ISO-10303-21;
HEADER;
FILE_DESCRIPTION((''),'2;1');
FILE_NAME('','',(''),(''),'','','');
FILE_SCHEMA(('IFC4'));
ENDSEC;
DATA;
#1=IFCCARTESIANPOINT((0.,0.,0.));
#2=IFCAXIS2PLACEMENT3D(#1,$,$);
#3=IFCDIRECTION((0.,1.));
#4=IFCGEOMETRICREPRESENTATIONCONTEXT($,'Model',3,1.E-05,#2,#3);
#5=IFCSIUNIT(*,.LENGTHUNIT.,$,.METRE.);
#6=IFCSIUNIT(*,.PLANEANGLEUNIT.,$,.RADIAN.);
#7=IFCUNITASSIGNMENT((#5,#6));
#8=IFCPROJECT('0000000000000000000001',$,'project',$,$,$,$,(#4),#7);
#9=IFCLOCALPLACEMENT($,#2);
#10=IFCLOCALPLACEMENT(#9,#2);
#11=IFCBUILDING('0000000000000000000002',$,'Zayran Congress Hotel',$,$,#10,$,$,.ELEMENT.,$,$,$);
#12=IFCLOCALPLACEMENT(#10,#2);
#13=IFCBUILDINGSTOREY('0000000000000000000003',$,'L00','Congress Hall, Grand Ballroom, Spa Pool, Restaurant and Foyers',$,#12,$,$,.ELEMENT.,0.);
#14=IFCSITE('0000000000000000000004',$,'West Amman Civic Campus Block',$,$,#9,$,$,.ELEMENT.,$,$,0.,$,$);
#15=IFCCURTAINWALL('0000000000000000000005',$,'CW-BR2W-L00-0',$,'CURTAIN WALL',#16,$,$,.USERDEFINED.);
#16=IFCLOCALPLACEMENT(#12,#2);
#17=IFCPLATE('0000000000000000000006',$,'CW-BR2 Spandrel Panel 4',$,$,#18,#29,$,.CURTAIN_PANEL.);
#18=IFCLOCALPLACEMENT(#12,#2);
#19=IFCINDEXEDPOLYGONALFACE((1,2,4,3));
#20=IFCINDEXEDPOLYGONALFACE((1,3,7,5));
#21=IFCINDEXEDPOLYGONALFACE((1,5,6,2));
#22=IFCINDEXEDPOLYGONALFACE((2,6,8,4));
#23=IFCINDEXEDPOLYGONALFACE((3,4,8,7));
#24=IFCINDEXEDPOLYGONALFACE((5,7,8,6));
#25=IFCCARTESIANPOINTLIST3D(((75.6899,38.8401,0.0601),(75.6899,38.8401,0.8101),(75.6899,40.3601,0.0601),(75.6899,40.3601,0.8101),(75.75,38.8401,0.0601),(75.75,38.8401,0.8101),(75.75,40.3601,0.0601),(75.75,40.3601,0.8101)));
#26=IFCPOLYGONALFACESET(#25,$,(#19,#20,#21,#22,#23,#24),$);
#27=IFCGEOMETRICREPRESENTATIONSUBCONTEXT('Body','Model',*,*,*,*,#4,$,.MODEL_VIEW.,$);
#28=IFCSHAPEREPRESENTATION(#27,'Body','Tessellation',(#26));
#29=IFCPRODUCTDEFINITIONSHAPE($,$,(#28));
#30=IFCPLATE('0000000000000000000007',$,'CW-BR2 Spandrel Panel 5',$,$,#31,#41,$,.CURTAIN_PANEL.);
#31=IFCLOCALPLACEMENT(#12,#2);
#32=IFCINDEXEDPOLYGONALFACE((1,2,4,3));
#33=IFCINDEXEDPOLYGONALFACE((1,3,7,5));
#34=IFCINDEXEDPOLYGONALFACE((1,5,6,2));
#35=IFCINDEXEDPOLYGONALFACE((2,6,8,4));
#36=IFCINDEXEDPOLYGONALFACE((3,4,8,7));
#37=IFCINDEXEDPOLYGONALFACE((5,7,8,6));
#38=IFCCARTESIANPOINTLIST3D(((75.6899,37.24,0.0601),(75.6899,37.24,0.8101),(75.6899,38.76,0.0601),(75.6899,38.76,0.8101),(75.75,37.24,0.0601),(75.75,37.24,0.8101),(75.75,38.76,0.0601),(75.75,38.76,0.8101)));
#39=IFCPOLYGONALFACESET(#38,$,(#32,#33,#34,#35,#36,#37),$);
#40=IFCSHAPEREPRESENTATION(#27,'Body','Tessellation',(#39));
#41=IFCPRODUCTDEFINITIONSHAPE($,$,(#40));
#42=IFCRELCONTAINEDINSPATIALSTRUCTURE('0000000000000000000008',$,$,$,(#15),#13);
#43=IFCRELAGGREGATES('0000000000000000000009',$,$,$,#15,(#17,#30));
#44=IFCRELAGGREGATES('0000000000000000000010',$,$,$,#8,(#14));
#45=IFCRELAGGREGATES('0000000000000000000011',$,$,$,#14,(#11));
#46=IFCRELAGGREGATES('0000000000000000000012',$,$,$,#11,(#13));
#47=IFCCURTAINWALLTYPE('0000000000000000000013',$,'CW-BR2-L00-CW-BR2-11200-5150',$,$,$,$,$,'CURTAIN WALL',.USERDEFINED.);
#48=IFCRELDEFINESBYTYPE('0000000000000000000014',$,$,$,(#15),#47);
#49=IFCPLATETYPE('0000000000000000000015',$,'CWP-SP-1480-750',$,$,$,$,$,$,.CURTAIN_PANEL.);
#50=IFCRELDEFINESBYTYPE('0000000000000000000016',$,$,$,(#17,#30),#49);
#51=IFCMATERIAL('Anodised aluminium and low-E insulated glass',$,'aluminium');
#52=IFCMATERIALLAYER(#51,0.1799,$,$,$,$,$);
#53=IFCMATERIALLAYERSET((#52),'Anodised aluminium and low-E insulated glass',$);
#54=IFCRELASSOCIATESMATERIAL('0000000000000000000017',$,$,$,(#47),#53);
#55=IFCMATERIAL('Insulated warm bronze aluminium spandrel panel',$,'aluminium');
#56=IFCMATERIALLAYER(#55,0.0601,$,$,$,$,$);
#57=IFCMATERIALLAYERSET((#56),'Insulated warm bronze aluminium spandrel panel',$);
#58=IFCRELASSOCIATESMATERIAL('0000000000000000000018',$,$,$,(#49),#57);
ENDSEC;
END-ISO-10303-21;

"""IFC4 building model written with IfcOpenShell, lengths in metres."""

from ifc_helpers import new_model, si_unit, direction, frame, origin, origin_2d, place, context, subcontext, project, spatial, rectangle, extrude, material, layer, layer_set, type_object, element, aggregate, save


model = new_model("IFC4")

# Units and contexts
model_context = context("Model", 3, precision=1e-05, world=origin(), true_north=direction((0.0, 1.0)))
body_context = subcontext(model_context, "Body", "Model", "MODEL_VIEW")
ifc_project = project(units=[si_unit("LENGTHUNIT", "METRE"), si_unit("PLANEANGLEUNIT", "RADIAN")], contexts=[model_context])

# Site, building, storey
site_placement = place(None, origin())
site = spatial("IfcSite", under=ifc_project, at=site_placement, Name="West Amman Civic Campus Block", CompositionType="ELEMENT", RefElevation=0.0)
building_placement = place(site_placement, origin())
building = spatial("IfcBuilding", under=site, at=building_placement, Name="Zayran Congress Hotel", CompositionType="ELEMENT")
storey_placement = place(building_placement, origin())
storey = spatial("IfcBuildingStorey", under=building, at=storey_placement, Name="L00", Description="Congress Hall, Grand Ballroom, Spa Pool, Restaurant and Foyers", CompositionType="ELEMENT", Elevation=0.0)

# Curtain wall, plates
ifc_material_1 = material(Name="Anodised aluminium and low-E insulated glass", Category="aluminium")
ifc_layer_1 = layer(ifc_material_1, 0.1799)
ifc_layer_set_1 = layer_set([ifc_layer_1], Name="Anodised aluminium and low-E insulated glass")
curtain_wall_type = type_object("IfcCurtainWallType", Name="CW-BR2-L00-CW-BR2-11200-5150", ElementType="CURTAIN WALL", PredefinedType="USERDEFINED", material=ifc_layer_set_1)
curtain_wall_placement = place(storey_placement, origin())
curtain_wall = element("IfcCurtainWall", 1, at=curtain_wall_placement, inside=storey, type_object=curtain_wall_type, Name="CW-BR2W-L00-0", ObjectType="CURTAIN WALL", PredefinedType="USERDEFINED")
ifc_material_2 = material(Name="Insulated warm bronze aluminium spandrel panel", Category="aluminium")
ifc_layer_2 = layer(ifc_material_2, 0.0601)
ifc_layer_set_2 = layer_set([ifc_layer_2], Name="Insulated warm bronze aluminium spandrel panel")
plate_type_1 = type_object("IfcPlateType", Name="CWP-SP-1480-750", PredefinedType="CURTAIN_PANEL", material=ifc_layer_set_2)
plate_1_placement = place(storey_placement, frame((75.72, 39.6001, 0.0601), z_axis=(0.0, 0.0, 1.0), x_axis=(0.0, 1.0, 0.0)))
plate_1 = element("IfcPlate", 2, at=plate_1_placement, type_object=plate_type_1, Name="CW-BR2 Spandrel Panel 4", PredefinedType="CURTAIN_PANEL", context=body_context, shape_type="SweptSolid", body=[
    extrude(rectangle(XDim=1.52, YDim=0.0601, at=origin_2d()), origin(), (0.0, 0.0, 1.0), 0.75),
])
plate_2_placement = place(storey_placement, frame((75.72, 38.0, 0.0601), z_axis=(0.0, 0.0, 1.0), x_axis=(0.0, 1.0, 0.0)))
plate_2 = element("IfcPlate", 3, at=plate_2_placement, type_object=plate_type_1, Name="CW-BR2 Spandrel Panel 5", PredefinedType="CURTAIN_PANEL", context=body_context, shape_type="SweptSolid", body=[
    extrude(rectangle(XDim=1.52, YDim=0.0601, at=origin_2d()), origin(), (0.0, 0.0, 1.0), 0.75),
])
aggregate(curtain_wall, [plate_1, plate_2])

save(model, "model.ifc")
